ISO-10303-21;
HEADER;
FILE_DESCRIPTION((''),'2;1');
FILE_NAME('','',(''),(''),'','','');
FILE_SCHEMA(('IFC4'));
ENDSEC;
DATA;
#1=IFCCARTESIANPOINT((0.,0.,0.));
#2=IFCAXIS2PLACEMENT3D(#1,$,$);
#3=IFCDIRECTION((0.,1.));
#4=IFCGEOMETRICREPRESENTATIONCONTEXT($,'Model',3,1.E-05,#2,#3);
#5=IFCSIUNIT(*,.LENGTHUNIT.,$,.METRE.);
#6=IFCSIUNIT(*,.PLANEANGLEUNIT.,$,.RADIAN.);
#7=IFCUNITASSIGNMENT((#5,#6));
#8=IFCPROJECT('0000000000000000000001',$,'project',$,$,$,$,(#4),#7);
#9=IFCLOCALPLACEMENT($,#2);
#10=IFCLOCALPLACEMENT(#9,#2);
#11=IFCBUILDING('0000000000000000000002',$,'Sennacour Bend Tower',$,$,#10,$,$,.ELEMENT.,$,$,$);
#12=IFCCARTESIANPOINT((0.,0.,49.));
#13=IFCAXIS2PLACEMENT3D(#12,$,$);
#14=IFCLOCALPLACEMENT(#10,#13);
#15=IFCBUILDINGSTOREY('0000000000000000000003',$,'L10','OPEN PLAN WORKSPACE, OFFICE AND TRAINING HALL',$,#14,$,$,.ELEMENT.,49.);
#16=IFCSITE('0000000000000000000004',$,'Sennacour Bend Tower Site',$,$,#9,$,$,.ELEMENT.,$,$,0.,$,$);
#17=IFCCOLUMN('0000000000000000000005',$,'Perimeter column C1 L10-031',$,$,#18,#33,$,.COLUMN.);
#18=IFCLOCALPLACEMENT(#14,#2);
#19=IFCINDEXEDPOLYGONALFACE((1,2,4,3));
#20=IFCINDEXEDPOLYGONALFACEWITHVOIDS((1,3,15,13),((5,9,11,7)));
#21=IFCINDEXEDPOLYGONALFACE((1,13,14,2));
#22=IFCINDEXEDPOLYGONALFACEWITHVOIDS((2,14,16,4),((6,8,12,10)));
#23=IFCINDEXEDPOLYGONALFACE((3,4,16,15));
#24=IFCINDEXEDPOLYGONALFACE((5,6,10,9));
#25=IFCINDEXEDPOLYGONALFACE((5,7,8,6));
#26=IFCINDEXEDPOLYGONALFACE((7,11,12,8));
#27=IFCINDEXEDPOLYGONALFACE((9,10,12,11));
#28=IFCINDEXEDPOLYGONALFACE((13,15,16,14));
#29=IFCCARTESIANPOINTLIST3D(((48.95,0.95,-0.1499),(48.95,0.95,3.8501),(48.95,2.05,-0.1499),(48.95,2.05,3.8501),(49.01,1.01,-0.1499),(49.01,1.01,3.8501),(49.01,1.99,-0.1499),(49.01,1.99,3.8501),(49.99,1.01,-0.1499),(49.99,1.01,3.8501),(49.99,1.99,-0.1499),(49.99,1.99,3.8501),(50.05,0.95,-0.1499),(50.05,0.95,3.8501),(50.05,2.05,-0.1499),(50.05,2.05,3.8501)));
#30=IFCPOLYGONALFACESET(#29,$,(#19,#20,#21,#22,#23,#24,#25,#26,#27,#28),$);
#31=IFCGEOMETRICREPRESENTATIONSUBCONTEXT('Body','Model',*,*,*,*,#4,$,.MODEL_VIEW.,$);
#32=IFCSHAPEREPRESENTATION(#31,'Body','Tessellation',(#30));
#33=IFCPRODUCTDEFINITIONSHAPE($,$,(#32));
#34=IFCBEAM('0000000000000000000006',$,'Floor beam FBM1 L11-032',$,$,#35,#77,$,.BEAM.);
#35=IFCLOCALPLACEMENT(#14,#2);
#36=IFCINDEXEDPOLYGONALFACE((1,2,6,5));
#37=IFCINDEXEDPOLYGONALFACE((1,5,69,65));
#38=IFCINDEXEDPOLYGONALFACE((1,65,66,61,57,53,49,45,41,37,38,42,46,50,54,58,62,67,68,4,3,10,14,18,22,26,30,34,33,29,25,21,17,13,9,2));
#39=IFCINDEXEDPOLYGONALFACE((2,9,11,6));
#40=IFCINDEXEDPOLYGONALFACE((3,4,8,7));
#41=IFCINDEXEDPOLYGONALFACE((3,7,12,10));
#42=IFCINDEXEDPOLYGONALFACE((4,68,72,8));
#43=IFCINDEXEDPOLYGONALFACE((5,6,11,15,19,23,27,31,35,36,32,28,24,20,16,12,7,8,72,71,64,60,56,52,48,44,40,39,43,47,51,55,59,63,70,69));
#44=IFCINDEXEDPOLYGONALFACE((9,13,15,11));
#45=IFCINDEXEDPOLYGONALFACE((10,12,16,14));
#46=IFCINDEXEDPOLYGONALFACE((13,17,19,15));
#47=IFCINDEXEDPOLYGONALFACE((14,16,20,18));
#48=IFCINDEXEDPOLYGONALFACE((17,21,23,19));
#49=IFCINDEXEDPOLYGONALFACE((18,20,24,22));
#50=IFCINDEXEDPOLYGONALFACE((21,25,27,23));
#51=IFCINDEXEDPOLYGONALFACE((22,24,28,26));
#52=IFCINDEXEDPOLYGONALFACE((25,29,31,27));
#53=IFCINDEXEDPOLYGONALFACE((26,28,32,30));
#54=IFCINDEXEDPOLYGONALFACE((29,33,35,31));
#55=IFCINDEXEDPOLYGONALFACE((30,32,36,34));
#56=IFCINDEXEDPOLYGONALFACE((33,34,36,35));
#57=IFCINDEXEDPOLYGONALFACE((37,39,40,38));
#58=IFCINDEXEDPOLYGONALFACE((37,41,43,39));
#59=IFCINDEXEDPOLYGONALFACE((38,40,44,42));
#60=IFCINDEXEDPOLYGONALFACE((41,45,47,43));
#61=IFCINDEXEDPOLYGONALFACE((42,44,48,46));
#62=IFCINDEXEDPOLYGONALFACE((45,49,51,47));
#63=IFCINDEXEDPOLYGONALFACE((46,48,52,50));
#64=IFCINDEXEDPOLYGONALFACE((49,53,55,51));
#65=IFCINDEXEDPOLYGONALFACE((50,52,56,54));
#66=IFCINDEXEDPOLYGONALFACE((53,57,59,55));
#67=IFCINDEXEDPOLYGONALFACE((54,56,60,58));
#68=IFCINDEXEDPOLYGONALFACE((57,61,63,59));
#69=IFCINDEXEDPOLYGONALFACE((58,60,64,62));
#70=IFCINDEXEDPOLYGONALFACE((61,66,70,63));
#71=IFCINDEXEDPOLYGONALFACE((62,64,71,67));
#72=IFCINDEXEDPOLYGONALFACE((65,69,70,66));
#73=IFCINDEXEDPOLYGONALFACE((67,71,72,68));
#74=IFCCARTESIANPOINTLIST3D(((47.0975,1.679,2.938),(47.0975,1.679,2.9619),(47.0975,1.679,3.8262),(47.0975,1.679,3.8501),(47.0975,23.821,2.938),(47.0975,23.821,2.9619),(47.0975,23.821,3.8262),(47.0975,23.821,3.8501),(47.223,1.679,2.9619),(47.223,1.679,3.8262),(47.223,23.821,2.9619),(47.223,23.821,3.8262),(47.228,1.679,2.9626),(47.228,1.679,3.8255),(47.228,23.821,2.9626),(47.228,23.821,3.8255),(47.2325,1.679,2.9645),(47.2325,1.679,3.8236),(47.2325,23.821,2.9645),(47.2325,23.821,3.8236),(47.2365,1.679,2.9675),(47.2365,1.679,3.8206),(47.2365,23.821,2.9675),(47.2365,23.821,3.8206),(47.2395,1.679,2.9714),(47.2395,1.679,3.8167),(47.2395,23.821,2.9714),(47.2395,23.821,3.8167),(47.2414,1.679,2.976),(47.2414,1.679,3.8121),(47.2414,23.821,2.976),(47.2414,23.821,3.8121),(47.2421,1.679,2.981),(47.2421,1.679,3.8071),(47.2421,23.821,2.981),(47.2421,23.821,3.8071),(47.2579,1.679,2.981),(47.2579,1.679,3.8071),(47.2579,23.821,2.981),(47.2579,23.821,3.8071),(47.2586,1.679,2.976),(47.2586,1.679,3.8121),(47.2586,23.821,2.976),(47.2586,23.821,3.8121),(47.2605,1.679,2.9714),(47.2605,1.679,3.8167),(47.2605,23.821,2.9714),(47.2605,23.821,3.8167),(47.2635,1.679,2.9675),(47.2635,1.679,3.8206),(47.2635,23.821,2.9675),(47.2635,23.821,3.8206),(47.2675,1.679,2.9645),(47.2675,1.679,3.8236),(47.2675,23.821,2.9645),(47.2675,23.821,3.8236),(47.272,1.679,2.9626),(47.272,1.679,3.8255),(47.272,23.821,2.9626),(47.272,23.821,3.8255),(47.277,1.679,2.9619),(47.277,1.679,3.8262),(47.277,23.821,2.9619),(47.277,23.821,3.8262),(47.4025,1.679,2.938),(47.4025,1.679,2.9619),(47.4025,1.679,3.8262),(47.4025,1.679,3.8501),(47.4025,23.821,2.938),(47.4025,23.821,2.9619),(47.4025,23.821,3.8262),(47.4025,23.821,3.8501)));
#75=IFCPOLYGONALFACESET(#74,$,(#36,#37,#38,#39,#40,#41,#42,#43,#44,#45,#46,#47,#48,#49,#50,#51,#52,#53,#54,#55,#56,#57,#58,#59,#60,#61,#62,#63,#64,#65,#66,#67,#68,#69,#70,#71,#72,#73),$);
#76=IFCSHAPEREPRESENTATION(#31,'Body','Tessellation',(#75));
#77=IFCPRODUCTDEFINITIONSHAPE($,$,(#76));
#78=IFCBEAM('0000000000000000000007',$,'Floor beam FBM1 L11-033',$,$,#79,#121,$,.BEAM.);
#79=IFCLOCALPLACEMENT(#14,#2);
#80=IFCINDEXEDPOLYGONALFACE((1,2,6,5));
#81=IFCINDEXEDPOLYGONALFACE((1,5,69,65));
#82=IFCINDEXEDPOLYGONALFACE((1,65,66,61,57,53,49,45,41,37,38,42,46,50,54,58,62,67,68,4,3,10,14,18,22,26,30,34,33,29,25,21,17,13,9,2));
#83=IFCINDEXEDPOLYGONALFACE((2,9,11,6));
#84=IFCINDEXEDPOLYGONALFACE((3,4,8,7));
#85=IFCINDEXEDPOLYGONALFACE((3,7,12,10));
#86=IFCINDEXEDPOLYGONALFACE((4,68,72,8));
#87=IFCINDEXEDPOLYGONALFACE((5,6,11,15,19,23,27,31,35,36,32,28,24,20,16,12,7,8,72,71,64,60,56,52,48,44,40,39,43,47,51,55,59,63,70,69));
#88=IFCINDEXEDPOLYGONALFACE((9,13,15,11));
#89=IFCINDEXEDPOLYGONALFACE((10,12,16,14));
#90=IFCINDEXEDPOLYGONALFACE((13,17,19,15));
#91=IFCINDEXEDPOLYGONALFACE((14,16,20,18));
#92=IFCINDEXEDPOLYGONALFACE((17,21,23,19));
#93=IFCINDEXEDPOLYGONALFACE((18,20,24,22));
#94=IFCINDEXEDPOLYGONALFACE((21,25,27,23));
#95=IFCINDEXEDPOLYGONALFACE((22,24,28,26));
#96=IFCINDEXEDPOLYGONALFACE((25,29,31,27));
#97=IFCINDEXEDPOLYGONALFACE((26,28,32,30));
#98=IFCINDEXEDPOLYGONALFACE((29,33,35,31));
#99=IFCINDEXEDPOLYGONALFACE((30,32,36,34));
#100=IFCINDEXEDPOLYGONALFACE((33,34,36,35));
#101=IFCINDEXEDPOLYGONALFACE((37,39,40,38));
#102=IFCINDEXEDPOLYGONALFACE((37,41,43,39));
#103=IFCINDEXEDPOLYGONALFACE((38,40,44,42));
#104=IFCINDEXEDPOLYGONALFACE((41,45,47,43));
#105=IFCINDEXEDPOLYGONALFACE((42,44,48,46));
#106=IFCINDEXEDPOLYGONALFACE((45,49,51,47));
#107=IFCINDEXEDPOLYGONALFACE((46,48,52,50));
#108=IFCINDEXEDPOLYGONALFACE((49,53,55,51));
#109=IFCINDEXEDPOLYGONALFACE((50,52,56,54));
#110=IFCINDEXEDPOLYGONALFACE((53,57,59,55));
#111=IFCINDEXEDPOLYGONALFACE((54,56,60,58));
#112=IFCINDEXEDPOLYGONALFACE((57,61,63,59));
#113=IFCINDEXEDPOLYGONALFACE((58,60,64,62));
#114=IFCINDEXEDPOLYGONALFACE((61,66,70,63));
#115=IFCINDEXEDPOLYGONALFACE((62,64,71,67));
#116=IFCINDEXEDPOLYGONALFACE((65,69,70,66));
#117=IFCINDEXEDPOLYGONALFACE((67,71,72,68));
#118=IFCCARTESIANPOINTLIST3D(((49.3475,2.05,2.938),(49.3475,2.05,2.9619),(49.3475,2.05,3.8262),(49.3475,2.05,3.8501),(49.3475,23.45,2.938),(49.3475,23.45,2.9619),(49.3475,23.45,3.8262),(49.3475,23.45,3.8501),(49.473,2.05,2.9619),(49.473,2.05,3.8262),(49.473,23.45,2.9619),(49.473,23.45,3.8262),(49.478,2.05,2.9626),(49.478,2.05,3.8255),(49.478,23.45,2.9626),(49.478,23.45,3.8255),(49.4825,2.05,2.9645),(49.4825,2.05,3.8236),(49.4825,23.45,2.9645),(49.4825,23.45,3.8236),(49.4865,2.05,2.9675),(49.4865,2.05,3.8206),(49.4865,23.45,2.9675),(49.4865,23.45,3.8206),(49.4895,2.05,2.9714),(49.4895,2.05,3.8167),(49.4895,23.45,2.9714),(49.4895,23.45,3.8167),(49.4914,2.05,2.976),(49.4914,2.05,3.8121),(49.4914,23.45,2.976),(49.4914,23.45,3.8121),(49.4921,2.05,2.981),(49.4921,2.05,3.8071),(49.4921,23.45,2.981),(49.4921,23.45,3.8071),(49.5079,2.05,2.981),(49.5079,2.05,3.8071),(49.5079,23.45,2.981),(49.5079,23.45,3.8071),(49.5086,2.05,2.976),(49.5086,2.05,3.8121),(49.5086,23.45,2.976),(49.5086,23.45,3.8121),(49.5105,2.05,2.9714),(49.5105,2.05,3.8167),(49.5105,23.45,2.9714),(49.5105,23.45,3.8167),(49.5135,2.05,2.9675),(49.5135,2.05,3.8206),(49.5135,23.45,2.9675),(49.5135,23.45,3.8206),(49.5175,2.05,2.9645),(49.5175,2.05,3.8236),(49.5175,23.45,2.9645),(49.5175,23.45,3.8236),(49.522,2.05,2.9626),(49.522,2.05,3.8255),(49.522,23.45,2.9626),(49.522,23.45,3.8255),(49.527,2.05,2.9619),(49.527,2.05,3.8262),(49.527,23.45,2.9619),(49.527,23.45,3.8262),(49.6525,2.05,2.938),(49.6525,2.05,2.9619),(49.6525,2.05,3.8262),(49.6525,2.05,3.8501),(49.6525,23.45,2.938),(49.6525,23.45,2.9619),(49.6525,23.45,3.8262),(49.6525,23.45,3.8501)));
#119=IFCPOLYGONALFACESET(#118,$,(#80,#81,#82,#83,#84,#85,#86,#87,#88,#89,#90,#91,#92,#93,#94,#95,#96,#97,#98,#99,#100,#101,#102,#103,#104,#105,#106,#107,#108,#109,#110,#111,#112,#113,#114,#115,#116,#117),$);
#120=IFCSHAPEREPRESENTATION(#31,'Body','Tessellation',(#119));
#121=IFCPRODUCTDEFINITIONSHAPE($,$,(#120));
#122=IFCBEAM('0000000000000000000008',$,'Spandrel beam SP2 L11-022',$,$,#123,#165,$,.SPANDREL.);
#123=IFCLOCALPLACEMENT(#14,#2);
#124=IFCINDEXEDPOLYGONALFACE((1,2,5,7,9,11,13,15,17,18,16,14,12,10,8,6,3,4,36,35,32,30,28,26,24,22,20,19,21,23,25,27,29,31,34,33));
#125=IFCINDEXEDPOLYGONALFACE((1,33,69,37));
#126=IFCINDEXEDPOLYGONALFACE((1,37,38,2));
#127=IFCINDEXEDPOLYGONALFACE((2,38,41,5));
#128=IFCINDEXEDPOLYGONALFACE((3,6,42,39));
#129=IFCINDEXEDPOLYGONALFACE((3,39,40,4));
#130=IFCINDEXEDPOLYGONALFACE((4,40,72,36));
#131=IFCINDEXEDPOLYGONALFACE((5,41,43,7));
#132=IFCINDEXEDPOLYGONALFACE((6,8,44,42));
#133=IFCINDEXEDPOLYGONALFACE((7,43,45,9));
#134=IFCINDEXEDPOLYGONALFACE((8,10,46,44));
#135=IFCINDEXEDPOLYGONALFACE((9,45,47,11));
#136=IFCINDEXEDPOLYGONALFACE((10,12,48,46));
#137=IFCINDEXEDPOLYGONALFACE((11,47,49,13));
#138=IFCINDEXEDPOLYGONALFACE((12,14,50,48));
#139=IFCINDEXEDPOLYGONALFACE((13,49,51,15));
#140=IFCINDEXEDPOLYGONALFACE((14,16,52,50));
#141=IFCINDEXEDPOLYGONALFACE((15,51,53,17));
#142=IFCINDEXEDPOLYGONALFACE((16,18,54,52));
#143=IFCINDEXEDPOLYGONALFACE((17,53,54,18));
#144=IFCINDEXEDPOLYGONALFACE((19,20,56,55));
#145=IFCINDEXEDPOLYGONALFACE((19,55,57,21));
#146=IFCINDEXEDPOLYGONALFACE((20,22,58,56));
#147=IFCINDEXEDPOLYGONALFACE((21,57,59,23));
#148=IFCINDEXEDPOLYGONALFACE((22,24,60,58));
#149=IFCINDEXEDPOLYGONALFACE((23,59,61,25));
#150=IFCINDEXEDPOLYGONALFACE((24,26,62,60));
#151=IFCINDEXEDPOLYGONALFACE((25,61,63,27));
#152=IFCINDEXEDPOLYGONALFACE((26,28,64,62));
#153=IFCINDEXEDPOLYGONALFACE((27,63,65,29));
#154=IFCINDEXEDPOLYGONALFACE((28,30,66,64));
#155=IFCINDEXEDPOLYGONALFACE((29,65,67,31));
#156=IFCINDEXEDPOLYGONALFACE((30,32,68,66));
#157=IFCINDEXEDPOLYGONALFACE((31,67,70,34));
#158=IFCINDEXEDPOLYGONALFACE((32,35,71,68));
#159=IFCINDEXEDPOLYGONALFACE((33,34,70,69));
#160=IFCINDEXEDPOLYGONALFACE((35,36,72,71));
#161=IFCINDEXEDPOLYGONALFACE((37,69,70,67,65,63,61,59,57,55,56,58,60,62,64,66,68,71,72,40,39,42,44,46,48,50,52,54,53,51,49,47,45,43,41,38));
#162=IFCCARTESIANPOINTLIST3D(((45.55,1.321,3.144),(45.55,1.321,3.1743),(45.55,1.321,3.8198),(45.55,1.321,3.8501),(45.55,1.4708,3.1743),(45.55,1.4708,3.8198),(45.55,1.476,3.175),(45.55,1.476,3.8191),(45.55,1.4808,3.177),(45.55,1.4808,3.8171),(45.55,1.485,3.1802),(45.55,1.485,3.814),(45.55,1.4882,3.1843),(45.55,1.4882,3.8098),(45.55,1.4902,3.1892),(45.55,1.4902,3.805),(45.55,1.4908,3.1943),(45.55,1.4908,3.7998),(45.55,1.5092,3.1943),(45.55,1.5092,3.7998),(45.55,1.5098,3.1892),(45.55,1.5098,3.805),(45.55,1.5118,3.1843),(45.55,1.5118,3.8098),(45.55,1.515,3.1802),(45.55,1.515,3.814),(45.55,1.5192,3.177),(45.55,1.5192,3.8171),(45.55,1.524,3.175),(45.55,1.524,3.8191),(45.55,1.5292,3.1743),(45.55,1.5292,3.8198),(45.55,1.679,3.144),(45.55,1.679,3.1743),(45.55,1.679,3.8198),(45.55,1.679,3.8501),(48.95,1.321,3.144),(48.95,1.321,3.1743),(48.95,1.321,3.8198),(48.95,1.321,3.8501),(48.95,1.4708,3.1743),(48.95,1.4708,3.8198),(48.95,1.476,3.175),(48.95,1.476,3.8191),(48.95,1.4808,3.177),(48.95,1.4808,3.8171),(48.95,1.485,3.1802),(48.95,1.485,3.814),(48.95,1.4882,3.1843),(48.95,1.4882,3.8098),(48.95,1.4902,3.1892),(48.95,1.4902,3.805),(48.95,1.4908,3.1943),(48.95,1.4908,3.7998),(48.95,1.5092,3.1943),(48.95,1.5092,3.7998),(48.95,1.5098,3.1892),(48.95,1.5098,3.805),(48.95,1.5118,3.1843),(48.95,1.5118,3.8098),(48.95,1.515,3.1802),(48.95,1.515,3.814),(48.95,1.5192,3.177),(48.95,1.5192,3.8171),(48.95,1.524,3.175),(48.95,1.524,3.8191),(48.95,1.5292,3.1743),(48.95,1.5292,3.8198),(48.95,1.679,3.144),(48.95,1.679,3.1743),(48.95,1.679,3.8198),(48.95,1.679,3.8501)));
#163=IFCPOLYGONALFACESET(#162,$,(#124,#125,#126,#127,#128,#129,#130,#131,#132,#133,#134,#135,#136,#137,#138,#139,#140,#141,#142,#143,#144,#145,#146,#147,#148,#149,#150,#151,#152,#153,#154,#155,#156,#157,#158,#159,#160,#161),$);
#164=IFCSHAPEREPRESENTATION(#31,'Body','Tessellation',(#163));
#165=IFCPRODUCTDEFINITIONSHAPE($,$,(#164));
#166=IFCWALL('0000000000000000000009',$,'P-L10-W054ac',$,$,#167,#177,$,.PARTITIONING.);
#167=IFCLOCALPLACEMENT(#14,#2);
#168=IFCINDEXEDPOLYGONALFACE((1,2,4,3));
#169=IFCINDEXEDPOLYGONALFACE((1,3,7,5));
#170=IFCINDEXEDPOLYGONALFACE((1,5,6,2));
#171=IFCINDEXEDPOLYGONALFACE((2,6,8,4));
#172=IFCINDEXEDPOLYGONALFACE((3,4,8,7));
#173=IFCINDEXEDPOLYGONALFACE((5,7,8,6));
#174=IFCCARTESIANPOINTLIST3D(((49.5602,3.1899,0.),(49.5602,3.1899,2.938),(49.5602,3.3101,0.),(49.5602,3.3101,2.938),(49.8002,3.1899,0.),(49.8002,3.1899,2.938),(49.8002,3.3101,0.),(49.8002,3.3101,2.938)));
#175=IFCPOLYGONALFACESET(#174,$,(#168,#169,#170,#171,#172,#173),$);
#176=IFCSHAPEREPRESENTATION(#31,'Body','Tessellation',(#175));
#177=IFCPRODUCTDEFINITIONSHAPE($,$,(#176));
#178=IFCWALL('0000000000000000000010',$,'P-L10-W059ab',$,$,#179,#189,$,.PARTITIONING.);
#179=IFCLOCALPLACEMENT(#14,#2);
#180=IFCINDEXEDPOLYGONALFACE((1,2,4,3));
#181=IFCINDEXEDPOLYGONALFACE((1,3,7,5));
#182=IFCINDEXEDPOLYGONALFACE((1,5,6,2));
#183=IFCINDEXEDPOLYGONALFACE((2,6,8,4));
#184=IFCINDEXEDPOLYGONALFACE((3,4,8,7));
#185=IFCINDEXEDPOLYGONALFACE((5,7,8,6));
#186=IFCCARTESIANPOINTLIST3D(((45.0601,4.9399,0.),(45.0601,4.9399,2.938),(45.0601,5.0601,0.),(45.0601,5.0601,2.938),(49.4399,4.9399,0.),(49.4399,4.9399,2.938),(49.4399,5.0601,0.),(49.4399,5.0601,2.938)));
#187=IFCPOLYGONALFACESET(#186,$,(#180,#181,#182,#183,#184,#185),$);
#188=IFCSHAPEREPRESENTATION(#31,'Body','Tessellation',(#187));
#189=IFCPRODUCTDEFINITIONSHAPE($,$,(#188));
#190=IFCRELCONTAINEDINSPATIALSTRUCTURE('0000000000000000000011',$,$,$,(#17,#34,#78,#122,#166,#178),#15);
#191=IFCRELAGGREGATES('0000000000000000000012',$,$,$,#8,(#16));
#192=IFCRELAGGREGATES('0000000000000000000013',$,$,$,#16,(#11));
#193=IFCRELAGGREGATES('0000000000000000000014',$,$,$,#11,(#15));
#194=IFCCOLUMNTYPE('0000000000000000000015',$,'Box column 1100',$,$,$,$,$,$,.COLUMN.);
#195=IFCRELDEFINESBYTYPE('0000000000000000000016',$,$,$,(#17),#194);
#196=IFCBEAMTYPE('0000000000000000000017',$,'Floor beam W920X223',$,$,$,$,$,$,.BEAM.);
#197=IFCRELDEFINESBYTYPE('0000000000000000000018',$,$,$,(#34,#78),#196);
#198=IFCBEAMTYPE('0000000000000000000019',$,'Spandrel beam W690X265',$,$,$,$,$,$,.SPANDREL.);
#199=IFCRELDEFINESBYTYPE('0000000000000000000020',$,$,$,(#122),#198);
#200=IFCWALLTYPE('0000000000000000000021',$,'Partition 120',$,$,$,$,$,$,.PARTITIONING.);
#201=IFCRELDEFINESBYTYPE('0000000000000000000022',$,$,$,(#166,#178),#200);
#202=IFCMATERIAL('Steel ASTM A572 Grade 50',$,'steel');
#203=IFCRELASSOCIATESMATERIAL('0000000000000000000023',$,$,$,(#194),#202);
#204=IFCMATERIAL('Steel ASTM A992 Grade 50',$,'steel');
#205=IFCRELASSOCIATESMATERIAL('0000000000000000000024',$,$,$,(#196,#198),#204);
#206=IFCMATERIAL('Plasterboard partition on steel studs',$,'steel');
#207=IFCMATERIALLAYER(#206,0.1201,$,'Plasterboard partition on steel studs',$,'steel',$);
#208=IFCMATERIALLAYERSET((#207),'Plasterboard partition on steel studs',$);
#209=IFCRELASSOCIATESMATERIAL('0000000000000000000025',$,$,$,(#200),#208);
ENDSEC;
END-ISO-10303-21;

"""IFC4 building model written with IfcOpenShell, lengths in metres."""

from ifc_helpers import new_model, si_unit, direction, frame, frame_2d, origin, origin_2d, place, context, subcontext, project, spatial, rectangle, hollow_rectangle, i_section, extrude, material, layer, layer_set, material_profile, profile_set, type_object, element, save


model = new_model("IFC4")

# Units and contexts
model_context = context("Model", 3, precision=1e-05, world=origin(), true_north=direction((0.0, 1.0)))
body_context = subcontext(model_context, "Body", "Model", "MODEL_VIEW")
ifc_project = project(units=[si_unit("LENGTHUNIT", "METRE"), si_unit("PLANEANGLEUNIT", "RADIAN")], contexts=[model_context])

# Site, building, storey
site_placement = place(None, origin())
site = spatial("IfcSite", under=ifc_project, at=site_placement, Name="Sennacour Bend Tower Site", CompositionType="ELEMENT", RefElevation=0.0)
building_placement = place(site_placement, origin())
building = spatial("IfcBuilding", under=site, at=building_placement, Name="Sennacour Bend Tower", CompositionType="ELEMENT")
storey_placement = place(building_placement, frame((0.0, 0.0, 49.0)))
storey = spatial("IfcBuildingStorey", under=building, at=storey_placement, Name="L10", Description="OPEN PLAN WORKSPACE, OFFICE AND TRAINING HALL", CompositionType="ELEMENT", Elevation=49.0)

# Column
ifc_material_1 = material(Name="Steel ASTM A572 Grade 50", Category="steel")
ifc_material_profile_1 = material_profile(ifc_material_1, hollow_rectangle(XDim=1.1001, YDim=1.1001, WallThickness=0.0601, at=origin_2d()), Name="Steel ASTM A572 Grade 50", Category="steel")
ifc_profile_set_1 = profile_set([ifc_material_profile_1], Name="Steel ASTM A572 Grade 50")
column_type = type_object("IfcColumnType", Name="Box column 1100", PredefinedType="COLUMN", material=ifc_profile_set_1)
column_placement = place(storey_placement, frame((49.5, 1.5, -0.1499), z_axis=(0.0, 0.0, 1.0), x_axis=(1.0, 0.0, 0.0)))
element("IfcColumn", 1, at=column_placement, inside=storey, type_object=column_type, Name="Perimeter column C1 L10-031", PredefinedType="COLUMN", context=body_context, shape_type="SweptSolid", body=[
    extrude(hollow_rectangle(XDim=1.1001, YDim=1.1001, WallThickness=0.0601, at=origin_2d()), origin(), (0.0, 0.0, 1.0), 4.0),
])

# Beams
ifc_material_2 = material(Name="Steel ASTM A992 Grade 50", Category="steel")
ifc_material_profile_2 = material_profile(ifc_material_2, i_section(OverallWidth=0.3049, OverallDepth=0.9121, WebThickness=0.0159, FlangeThickness=0.0239, FilletRadius=0.019, at=origin_2d()), Name="Steel ASTM A992 Grade 50", Category="steel")
ifc_profile_set_2 = profile_set([ifc_material_profile_2], Name="Steel ASTM A992 Grade 50")
beam_type_1 = type_object("IfcBeamType", Name="Floor beam W920X223", PredefinedType="BEAM", material=ifc_profile_set_2)
beam_1_placement = place(storey_placement, frame((47.25, 1.679, 3.394), z_axis=(0.0, 1.0, 0.0), x_axis=(-1.0, 0.0, 0.0)))
element("IfcBeam", 2, at=beam_1_placement, inside=storey, type_object=beam_type_1, Name="Floor beam FBM1 L11-032", PredefinedType="BEAM", context=body_context, shape_type="SweptSolid", body=[
    extrude(i_section(OverallWidth=0.3049, OverallDepth=0.9121, WebThickness=0.0159, FlangeThickness=0.0239, FilletRadius=0.019, at=origin_2d()), origin(), (0.0, 0.0, 1.0), 22.1421),
])
beam_2_placement = place(storey_placement, frame((49.5, 2.05, 3.394), z_axis=(0.0, 1.0, 0.0), x_axis=(-1.0, 0.0, 0.0)))
element("IfcBeam", 3, at=beam_2_placement, inside=storey, type_object=beam_type_1, Name="Floor beam FBM1 L11-033", PredefinedType="BEAM", context=body_context, shape_type="SweptSolid", body=[
    extrude(i_section(OverallWidth=0.3049, OverallDepth=0.9121, WebThickness=0.0159, FlangeThickness=0.0239, FilletRadius=0.019, at=origin_2d()), origin(), (0.0, 0.0, 1.0), 21.3999),
])
ifc_material_profile_3 = material_profile(ifc_material_2, i_section(OverallWidth=0.3579, OverallDepth=0.7061, WebThickness=0.0183, FlangeThickness=0.0303, FilletRadius=0.02, at=origin_2d()), Name="Steel ASTM A992 Grade 50", Category="steel")
ifc_profile_set_3 = profile_set([ifc_material_profile_3], Name="Steel ASTM A992 Grade 50")
beam_type_2 = type_object("IfcBeamType", Name="Spandrel beam W690X265", PredefinedType="SPANDREL", material=ifc_profile_set_3)
beam_3_placement = place(storey_placement, frame((48.95, 1.5, 3.4971), z_axis=(-1.0, 0.0, 0.0), x_axis=(0.0, -1.0, 0.0)))
element("IfcBeam", 4, at=beam_3_placement, inside=storey, type_object=beam_type_2, Name="Spandrel beam SP2 L11-022", PredefinedType="SPANDREL", context=body_context, shape_type="SweptSolid", body=[
    extrude(i_section(OverallWidth=0.3579, OverallDepth=0.7061, WebThickness=0.0183, FlangeThickness=0.0303, FilletRadius=0.02, at=origin_2d()), origin(), (0.0, 0.0, 1.0), 3.3999),
])

# Walls
ifc_material_3 = material(Name="Plasterboard partition on steel studs", Category="steel")
ifc_layer_1 = layer(ifc_material_3, 0.1201, Name="Plasterboard partition on steel studs", Category="steel")
ifc_layer_set_1 = layer_set([ifc_layer_1], Name="Plasterboard partition on steel studs")
wall_type_1 = type_object("IfcWallType", Name="Partition 120", PredefinedType="PARTITIONING", material=ifc_layer_set_1)
wall_1_placement = place(storey_placement, frame((49.5601, 3.25, 0.0), z_axis=(0.0, 0.0, 1.0), x_axis=(1.0, 0.0, 0.0)))
element("IfcWall", 5, at=wall_1_placement, inside=storey, type_object=wall_type_1, Name="P-L10-W054ac", PredefinedType="PARTITIONING", context=body_context, shape_type="SweptSolid", body=[
    extrude(rectangle(XDim=0.24, YDim=0.1201, at=frame_2d((0.1201, 0.0))), origin(), (0.0, 0.0, 1.0), 2.938),
])
for number, where, z_axis, x_axis, name in (
    (6, (45.0601, 5.0, 0.0), (0.0, 0.0, 1.0), (1.0, 0.0, 0.0), "P-L10-W059ab"),
):
    element("IfcWall", number, at=place(storey_placement, frame(where, z_axis=z_axis, x_axis=x_axis)), inside=storey, type_object=wall_type_1, Name=name, PredefinedType="PARTITIONING", context=body_context, shape_type="SweptSolid", body=[
        extrude(rectangle(XDim=4.3799, YDim=0.1201, at=frame_2d((2.1899, 0.0))), origin(), (0.0, 0.0, 1.0), 2.938),
    ])

save(model, "model.ifc")
